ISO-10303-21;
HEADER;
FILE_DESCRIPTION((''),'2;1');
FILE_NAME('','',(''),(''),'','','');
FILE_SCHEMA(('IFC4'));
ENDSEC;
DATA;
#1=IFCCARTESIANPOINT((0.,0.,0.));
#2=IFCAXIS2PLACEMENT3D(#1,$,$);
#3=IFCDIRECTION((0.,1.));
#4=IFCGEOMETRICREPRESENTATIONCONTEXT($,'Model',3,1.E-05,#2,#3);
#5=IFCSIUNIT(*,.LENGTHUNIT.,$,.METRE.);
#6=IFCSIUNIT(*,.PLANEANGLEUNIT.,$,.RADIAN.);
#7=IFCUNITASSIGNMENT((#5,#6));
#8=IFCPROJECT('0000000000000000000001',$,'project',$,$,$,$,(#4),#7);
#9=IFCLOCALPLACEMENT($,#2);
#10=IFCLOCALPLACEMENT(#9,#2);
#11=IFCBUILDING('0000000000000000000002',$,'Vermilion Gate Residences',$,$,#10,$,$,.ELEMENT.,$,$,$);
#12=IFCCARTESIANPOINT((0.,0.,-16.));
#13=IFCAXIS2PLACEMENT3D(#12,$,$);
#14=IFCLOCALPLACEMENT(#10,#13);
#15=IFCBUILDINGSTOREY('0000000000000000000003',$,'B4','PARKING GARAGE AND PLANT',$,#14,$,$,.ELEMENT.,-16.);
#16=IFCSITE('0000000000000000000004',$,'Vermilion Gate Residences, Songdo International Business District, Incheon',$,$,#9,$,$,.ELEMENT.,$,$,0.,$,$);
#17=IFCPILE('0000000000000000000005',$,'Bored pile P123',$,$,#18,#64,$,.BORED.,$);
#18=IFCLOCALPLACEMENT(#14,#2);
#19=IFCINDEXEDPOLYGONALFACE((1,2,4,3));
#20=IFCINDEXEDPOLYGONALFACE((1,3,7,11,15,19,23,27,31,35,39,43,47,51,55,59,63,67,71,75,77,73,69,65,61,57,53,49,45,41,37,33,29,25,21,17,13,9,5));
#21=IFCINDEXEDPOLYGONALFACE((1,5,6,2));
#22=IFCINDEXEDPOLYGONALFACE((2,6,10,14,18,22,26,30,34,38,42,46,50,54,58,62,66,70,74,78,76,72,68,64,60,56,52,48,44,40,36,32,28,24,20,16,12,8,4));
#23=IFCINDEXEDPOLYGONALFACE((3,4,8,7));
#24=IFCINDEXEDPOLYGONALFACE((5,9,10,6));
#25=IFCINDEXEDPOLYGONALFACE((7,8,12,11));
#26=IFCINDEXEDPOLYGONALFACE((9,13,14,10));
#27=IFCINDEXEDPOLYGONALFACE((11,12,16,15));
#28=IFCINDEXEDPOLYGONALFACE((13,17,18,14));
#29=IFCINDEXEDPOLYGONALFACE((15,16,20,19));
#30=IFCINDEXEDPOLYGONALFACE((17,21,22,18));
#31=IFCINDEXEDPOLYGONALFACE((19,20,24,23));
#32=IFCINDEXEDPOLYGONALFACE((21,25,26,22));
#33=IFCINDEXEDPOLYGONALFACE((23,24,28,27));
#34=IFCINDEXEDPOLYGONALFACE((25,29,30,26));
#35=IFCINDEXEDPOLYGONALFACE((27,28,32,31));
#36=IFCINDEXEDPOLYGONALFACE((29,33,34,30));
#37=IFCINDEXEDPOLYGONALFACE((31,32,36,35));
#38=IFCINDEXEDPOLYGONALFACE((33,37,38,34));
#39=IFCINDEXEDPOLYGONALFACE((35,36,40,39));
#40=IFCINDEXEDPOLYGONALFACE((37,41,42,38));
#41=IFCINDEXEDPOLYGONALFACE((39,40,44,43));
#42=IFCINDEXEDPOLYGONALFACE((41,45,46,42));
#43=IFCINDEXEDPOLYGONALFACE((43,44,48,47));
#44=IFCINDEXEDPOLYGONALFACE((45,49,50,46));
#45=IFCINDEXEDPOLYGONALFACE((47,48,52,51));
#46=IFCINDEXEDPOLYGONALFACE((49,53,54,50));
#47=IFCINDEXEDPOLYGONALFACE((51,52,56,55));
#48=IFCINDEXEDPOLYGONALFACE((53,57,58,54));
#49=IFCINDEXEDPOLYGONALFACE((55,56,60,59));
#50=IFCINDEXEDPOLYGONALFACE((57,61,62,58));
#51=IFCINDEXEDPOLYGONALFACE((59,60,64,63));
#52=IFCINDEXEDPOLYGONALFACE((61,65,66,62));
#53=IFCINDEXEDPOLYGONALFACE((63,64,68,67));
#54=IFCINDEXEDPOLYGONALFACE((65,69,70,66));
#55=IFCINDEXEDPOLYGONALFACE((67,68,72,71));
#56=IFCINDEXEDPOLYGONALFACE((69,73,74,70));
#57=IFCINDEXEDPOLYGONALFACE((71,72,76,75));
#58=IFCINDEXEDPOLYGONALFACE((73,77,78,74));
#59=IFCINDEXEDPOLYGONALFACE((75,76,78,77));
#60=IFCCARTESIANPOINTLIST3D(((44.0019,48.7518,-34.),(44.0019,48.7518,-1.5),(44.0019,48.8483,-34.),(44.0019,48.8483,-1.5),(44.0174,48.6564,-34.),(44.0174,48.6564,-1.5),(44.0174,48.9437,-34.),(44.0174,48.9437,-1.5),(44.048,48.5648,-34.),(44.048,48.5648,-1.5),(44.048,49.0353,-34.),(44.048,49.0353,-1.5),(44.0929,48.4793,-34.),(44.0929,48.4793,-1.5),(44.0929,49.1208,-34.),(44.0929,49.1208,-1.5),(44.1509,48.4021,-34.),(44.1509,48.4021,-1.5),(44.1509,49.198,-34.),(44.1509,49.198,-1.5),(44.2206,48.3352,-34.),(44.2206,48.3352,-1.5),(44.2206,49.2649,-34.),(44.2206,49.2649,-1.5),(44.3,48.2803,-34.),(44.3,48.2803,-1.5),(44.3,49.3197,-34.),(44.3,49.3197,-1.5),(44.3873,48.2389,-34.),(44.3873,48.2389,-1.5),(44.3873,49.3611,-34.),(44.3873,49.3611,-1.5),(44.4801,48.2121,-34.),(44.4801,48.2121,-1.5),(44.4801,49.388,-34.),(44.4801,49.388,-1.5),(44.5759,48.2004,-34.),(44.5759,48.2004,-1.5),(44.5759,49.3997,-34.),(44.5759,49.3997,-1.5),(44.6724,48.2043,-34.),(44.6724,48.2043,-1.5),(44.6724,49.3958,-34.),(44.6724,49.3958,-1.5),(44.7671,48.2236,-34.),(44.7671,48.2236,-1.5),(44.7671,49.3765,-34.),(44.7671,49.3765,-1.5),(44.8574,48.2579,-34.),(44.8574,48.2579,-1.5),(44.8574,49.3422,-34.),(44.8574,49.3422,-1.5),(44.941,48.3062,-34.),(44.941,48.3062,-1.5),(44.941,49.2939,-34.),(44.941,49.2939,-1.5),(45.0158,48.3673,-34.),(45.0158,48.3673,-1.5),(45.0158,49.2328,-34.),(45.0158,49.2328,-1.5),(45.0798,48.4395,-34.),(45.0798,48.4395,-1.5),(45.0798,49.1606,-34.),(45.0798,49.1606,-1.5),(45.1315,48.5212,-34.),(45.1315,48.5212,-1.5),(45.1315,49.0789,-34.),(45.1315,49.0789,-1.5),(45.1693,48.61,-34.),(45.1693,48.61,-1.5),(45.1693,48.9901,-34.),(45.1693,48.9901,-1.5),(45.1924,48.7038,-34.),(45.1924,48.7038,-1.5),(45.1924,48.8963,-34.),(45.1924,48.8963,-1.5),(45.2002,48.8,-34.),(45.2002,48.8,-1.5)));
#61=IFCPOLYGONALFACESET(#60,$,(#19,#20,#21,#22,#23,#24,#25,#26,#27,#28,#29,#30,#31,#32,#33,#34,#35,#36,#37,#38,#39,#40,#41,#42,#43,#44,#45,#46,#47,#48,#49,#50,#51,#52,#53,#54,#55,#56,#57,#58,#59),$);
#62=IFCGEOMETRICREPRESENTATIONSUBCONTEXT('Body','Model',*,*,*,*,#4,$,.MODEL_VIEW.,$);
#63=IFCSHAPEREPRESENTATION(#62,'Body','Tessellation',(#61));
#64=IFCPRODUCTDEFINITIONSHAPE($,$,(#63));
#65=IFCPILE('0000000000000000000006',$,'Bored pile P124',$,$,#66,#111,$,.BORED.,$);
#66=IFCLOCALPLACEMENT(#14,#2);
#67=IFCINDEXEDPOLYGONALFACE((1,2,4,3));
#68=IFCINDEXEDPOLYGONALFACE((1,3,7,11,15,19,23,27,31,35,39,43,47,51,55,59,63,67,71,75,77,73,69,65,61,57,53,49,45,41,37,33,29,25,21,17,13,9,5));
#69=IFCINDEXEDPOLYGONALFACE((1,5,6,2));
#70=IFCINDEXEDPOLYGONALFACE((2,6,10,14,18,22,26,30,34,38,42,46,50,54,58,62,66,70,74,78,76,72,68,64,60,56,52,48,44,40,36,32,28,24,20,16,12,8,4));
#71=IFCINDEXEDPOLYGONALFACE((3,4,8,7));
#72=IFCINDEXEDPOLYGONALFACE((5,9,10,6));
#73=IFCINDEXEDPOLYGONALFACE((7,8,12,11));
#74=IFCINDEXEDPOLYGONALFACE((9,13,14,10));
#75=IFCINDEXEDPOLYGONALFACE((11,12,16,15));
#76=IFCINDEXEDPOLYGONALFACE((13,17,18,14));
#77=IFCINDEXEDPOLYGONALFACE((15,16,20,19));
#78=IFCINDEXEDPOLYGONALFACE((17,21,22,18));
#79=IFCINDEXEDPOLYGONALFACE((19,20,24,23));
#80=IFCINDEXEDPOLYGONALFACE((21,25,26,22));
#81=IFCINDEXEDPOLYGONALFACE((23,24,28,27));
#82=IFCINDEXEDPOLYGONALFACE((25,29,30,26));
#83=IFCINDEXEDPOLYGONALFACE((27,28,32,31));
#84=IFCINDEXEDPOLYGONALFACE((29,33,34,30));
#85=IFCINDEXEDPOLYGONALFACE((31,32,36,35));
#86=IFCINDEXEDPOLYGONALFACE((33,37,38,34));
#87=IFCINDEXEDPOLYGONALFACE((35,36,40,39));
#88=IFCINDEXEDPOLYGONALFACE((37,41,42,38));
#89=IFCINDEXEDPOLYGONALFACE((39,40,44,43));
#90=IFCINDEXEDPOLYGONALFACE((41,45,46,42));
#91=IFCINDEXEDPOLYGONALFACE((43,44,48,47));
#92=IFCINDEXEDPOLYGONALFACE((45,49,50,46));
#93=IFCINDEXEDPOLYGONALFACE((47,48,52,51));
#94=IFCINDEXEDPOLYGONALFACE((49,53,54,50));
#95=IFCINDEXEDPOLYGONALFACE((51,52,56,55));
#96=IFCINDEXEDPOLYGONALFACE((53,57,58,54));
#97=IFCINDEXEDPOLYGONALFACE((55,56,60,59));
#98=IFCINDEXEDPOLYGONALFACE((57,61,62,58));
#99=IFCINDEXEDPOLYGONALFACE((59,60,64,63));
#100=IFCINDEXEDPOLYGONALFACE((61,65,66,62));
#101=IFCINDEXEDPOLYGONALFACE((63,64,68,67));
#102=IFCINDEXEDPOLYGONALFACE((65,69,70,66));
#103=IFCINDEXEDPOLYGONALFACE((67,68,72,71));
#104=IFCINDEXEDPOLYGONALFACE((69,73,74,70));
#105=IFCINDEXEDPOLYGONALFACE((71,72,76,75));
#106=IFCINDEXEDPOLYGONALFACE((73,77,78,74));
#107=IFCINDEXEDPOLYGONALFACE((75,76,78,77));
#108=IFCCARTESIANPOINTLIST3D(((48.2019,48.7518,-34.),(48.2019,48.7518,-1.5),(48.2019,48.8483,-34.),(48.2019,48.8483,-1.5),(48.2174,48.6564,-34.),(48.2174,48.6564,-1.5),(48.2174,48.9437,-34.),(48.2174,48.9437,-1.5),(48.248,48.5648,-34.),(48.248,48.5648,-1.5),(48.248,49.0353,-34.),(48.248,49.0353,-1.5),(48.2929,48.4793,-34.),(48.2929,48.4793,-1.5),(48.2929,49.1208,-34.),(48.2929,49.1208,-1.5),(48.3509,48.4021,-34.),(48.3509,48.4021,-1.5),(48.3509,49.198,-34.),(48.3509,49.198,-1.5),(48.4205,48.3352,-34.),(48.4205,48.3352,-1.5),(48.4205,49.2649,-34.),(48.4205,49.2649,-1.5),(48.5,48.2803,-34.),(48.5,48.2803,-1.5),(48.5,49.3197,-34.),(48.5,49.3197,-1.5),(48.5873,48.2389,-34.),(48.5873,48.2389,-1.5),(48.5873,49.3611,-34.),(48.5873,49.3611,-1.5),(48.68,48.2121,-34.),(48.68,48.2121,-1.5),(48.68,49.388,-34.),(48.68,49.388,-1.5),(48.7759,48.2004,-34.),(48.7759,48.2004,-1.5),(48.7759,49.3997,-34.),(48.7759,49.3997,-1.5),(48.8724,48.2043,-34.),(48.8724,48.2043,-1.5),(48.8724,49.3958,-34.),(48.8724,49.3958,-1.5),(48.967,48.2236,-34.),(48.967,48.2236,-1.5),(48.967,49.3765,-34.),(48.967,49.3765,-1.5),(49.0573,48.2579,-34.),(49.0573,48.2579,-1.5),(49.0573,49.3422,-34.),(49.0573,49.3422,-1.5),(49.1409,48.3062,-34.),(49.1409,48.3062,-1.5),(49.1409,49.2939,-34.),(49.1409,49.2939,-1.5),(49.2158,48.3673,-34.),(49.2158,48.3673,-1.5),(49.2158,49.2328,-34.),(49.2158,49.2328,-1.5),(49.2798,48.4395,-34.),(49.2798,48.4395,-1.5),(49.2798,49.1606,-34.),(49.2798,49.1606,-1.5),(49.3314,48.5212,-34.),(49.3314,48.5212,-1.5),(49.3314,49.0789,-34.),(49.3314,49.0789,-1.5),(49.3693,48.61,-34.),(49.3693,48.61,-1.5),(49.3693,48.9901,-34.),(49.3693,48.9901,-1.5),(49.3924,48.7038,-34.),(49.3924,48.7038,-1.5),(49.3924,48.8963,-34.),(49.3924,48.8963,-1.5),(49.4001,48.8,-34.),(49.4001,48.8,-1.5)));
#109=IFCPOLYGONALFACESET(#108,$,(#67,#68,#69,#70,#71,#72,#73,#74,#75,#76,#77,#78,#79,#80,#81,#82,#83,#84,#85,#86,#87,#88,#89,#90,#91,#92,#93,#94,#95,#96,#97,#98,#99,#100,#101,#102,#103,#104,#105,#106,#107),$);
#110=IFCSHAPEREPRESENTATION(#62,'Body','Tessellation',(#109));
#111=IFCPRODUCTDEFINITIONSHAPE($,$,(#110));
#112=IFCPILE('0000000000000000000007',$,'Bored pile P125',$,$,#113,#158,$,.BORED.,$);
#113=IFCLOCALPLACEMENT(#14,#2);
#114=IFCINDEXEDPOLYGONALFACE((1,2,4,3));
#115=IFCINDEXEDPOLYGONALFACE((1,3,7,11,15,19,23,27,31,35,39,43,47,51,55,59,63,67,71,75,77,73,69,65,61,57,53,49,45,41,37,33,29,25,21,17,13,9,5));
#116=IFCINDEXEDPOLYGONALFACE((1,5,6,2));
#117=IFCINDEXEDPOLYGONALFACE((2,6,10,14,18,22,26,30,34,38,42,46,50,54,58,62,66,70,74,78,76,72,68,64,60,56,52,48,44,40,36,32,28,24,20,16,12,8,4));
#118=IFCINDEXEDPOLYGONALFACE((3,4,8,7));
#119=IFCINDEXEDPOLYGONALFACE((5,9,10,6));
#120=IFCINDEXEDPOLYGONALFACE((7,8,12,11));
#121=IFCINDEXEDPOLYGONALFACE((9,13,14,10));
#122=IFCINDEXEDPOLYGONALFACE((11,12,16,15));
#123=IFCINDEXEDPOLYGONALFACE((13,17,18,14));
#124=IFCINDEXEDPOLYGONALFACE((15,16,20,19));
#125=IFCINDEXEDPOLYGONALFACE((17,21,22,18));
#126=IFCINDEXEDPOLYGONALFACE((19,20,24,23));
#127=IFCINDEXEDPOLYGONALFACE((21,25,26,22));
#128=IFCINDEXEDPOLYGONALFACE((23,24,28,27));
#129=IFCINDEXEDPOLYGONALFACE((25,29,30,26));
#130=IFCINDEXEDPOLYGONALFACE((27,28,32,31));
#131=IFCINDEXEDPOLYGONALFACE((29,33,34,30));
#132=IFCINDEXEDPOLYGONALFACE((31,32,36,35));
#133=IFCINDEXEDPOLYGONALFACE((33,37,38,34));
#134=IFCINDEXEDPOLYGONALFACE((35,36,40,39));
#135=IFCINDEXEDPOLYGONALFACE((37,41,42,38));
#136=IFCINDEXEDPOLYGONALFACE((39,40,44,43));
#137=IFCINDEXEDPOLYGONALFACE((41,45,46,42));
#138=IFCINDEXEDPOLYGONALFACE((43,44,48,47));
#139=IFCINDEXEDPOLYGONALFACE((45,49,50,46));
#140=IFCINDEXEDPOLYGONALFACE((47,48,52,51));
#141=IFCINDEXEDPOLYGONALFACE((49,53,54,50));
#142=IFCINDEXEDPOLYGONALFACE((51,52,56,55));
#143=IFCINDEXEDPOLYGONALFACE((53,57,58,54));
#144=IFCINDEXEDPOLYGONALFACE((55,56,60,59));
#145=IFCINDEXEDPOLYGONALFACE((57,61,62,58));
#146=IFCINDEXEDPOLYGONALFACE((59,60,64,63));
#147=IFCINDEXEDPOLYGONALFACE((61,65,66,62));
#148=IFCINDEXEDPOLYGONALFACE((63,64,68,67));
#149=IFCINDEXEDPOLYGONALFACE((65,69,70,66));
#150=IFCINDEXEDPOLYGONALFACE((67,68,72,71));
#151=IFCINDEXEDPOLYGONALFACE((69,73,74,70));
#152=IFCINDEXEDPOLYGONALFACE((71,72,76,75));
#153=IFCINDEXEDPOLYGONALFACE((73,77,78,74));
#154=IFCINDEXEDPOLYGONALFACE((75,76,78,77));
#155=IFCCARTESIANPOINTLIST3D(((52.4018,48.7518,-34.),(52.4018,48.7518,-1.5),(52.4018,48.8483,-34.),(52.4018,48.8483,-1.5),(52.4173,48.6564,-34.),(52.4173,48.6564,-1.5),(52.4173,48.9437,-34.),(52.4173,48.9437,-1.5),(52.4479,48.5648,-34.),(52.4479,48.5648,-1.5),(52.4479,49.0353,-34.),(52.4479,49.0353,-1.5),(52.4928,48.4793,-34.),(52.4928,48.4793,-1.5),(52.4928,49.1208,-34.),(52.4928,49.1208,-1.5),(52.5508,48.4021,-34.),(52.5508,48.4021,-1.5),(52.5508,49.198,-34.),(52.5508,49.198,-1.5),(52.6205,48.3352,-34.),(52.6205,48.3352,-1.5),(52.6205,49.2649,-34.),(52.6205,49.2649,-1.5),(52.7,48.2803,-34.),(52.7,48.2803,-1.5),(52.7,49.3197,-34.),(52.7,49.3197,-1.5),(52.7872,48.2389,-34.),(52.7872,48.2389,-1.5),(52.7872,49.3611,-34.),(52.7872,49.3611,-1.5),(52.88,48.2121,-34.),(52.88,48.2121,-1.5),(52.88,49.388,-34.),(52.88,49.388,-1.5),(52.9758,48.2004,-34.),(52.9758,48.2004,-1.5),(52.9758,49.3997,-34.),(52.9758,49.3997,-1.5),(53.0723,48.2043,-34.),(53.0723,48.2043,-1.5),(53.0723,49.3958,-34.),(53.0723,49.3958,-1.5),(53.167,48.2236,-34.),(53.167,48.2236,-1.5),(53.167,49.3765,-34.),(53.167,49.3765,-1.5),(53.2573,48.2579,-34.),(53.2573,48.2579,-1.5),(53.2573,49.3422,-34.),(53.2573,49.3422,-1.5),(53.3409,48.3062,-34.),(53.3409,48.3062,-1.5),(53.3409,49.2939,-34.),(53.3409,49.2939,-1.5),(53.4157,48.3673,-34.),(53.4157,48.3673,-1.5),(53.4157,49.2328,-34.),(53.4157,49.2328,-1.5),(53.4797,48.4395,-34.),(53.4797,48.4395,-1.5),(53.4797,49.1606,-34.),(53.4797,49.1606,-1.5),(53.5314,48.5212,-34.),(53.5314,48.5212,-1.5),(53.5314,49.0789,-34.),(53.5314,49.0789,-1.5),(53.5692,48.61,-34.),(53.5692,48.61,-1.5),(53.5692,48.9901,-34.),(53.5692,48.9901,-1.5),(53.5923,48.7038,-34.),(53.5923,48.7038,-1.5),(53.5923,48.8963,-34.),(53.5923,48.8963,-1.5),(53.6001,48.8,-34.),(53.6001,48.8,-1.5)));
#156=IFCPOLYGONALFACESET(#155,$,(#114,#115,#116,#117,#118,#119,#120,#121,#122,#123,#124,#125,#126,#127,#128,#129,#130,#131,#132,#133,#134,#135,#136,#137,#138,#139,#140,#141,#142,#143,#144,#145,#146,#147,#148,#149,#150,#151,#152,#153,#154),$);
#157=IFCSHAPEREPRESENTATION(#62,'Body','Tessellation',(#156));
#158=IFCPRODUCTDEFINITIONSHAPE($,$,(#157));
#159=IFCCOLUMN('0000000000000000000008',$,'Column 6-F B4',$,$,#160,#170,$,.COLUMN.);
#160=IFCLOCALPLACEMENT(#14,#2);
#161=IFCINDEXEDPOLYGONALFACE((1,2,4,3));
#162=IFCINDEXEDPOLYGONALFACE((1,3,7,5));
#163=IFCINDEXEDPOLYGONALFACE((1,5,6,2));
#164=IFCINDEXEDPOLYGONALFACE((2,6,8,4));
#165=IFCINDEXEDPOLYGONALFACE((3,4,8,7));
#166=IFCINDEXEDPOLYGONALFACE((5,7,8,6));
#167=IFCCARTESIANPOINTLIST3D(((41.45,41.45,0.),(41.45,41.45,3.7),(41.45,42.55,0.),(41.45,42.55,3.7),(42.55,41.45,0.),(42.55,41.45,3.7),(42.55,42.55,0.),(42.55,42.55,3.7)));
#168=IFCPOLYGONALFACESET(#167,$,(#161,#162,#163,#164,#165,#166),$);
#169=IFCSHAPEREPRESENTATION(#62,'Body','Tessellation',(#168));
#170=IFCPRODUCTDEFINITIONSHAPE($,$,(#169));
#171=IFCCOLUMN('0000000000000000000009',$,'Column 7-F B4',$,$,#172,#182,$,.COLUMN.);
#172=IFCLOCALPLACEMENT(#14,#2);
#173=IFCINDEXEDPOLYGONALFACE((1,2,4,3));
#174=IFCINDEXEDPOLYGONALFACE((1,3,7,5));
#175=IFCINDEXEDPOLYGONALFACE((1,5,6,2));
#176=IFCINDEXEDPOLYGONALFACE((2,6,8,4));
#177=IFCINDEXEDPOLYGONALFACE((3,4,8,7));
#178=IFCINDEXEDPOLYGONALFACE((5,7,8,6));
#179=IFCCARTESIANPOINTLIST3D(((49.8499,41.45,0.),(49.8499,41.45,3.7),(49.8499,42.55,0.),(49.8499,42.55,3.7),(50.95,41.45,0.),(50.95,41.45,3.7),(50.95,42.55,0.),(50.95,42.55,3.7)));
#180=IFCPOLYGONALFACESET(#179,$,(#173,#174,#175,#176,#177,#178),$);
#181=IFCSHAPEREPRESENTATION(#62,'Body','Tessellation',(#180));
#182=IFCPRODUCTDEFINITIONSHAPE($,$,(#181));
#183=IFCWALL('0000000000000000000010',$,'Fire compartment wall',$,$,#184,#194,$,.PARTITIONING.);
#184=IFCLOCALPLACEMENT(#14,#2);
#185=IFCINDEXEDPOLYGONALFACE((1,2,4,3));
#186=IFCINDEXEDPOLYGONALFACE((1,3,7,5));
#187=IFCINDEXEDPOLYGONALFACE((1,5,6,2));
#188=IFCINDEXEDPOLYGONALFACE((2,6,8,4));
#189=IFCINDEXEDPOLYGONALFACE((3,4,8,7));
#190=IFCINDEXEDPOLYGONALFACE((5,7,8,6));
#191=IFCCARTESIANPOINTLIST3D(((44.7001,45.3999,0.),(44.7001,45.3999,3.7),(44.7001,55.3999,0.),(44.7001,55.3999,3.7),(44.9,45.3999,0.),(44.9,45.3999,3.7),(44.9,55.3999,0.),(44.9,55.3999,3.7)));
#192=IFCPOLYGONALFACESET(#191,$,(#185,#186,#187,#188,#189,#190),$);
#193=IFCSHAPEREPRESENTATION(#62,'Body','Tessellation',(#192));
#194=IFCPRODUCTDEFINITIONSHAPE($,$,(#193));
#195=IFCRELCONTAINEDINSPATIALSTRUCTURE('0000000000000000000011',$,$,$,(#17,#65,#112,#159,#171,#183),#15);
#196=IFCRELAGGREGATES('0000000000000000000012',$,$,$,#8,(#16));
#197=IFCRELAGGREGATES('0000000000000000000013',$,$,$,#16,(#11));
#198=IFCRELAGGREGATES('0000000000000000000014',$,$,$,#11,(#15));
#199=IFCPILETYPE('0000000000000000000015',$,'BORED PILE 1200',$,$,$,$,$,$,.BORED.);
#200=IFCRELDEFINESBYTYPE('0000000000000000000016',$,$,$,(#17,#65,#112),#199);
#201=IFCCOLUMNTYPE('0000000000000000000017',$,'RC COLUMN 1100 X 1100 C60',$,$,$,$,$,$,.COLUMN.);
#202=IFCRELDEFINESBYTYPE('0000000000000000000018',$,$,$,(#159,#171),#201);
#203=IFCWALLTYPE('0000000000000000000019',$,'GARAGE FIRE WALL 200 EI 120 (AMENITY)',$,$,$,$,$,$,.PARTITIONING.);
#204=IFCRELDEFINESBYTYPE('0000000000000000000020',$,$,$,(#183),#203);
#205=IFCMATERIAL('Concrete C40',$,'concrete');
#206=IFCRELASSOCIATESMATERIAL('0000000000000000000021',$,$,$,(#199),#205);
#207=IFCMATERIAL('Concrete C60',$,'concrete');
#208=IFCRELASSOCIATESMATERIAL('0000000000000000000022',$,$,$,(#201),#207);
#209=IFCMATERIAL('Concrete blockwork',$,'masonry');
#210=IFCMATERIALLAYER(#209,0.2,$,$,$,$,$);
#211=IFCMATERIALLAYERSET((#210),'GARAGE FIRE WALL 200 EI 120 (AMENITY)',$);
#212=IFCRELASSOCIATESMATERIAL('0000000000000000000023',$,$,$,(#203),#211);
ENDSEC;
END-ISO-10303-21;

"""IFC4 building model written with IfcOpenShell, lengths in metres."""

from ifc_helpers import new_model, si_unit, direction, frame, frame_2d, origin, origin_2d, place, context, subcontext, project, spatial, rectangle, circle, extrude, material, layer, layer_set, material_profile, profile_set, type_object, element, save


model = new_model("IFC4")

# Units and contexts
model_context = context("Model", 3, precision=1e-05, world=origin(), true_north=direction((0.0, 1.0)))
body_context = subcontext(model_context, "Body", "Model", "MODEL_VIEW")
ifc_project = project(units=[si_unit("LENGTHUNIT", "METRE"), si_unit("PLANEANGLEUNIT", "RADIAN")], contexts=[model_context])

# Site, building, storey
site_placement = place(None, origin())
site = spatial("IfcSite", under=ifc_project, at=site_placement, Name="Vermilion Gate Residences, Songdo International Business District, Incheon", CompositionType="ELEMENT", RefElevation=0.0)
building_placement = place(site_placement, origin())
building = spatial("IfcBuilding", under=site, at=building_placement, Name="Vermilion Gate Residences", CompositionType="ELEMENT")
storey_placement = place(building_placement, frame((0.0, 0.0, -16.0)))
storey = spatial("IfcBuildingStorey", under=building, at=storey_placement, Name="B4", Description="PARKING GARAGE AND PLANT", CompositionType="ELEMENT", Elevation=-16.0)

# Piles
ifc_material_1 = material(Name="Concrete C40", Category="concrete")
ifc_material_profile_1 = material_profile(ifc_material_1, circle(Radius=0.6001, at=origin_2d()), Name="BORED PILE 1200")
ifc_profile_set_1 = profile_set([ifc_material_profile_1], Name="Concrete C40")
pile_type = type_object("IfcPileType", Name="BORED PILE 1200", PredefinedType="BORED", material=ifc_profile_set_1)
for number, where, z_axis, x_axis, name in (
    (1, (44.6001, 48.8, -1.5), (0.0, 0.0, -1.0), (1.0, 0.0, 0.0), "Bored pile P123"),
    (2, (48.8, 48.8, -1.5), (0.0, 0.0, -1.0), (1.0, 0.0, 0.0), "Bored pile P124"),
    (3, (53.0, 48.8, -1.5), (0.0, 0.0, -1.0), (1.0, 0.0, 0.0), "Bored pile P125"),
):
    element("IfcPile", number, at=place(storey_placement, frame(where, z_axis=z_axis, x_axis=x_axis)), inside=storey, type_object=pile_type, Name=name, PredefinedType="BORED", context=body_context, shape_type="SweptSolid", body=[
        extrude(circle(Radius=0.6001, at=origin_2d()), origin(), (0.0, 0.0, 1.0), 32.5),
    ])

# Columns
ifc_material_2 = material(Name="Concrete C60", Category="concrete")
ifc_material_profile_2 = material_profile(ifc_material_2, rectangle(XDim=1.1001, YDim=1.1001, at=origin_2d()), Name="RC-1100x1100")
ifc_profile_set_2 = profile_set([ifc_material_profile_2], Name="Concrete C60")
column_type = type_object("IfcColumnType", Name="RC COLUMN 1100 X 1100 C60", PredefinedType="COLUMN", material=ifc_profile_set_2)
for number, where, z_axis, x_axis, name in (
    (4, (42.0, 42.0, 0.0), (0.0, 0.0, 1.0), (1.0, 0.0, 0.0), "Column 6-F B4"),
    (5, (50.3999, 42.0, 0.0), (0.0, 0.0, 1.0), (1.0, 0.0, 0.0), "Column 7-F B4"),
):
    element("IfcColumn", number, at=place(storey_placement, frame(where, z_axis=z_axis, x_axis=x_axis)), inside=storey, type_object=column_type, Name=name, PredefinedType="COLUMN", context=body_context, shape_type="SweptSolid", body=[
        extrude(rectangle(XDim=1.1001, YDim=1.1001, at=origin_2d()), origin(), (0.0, 0.0, 1.0), 3.7),
    ])

# Shared definitions
ifc_material_3 = material(Name="Concrete blockwork", Category="masonry")
ifc_layer = layer(ifc_material_3, 0.2)
ifc_layer_set = layer_set([ifc_layer], Name="GARAGE FIRE WALL 200 EI 120 (AMENITY)")
wall_type = type_object("IfcWallType", Name="GARAGE FIRE WALL 200 EI 120 (AMENITY)", PredefinedType="PARTITIONING", material=ifc_layer_set)

# Wall
wall_1_placement = place(storey_placement, frame((44.8, 45.3999, 0.0), z_axis=(0.0, 0.0, 1.0), x_axis=(0.0, 1.0, 0.0)))
element("IfcWall", 6, at=wall_1_placement, inside=storey, type_object=wall_type, Name="Fire compartment wall", PredefinedType="PARTITIONING", context=body_context, shape_type="SweptSolid", body=[
    extrude(rectangle(XDim=10.0, YDim=0.2, at=frame_2d((5.0, 0.0))), origin(), (0.0, 0.0, 1.0), 3.7),
])

save(model, "model.ifc")
